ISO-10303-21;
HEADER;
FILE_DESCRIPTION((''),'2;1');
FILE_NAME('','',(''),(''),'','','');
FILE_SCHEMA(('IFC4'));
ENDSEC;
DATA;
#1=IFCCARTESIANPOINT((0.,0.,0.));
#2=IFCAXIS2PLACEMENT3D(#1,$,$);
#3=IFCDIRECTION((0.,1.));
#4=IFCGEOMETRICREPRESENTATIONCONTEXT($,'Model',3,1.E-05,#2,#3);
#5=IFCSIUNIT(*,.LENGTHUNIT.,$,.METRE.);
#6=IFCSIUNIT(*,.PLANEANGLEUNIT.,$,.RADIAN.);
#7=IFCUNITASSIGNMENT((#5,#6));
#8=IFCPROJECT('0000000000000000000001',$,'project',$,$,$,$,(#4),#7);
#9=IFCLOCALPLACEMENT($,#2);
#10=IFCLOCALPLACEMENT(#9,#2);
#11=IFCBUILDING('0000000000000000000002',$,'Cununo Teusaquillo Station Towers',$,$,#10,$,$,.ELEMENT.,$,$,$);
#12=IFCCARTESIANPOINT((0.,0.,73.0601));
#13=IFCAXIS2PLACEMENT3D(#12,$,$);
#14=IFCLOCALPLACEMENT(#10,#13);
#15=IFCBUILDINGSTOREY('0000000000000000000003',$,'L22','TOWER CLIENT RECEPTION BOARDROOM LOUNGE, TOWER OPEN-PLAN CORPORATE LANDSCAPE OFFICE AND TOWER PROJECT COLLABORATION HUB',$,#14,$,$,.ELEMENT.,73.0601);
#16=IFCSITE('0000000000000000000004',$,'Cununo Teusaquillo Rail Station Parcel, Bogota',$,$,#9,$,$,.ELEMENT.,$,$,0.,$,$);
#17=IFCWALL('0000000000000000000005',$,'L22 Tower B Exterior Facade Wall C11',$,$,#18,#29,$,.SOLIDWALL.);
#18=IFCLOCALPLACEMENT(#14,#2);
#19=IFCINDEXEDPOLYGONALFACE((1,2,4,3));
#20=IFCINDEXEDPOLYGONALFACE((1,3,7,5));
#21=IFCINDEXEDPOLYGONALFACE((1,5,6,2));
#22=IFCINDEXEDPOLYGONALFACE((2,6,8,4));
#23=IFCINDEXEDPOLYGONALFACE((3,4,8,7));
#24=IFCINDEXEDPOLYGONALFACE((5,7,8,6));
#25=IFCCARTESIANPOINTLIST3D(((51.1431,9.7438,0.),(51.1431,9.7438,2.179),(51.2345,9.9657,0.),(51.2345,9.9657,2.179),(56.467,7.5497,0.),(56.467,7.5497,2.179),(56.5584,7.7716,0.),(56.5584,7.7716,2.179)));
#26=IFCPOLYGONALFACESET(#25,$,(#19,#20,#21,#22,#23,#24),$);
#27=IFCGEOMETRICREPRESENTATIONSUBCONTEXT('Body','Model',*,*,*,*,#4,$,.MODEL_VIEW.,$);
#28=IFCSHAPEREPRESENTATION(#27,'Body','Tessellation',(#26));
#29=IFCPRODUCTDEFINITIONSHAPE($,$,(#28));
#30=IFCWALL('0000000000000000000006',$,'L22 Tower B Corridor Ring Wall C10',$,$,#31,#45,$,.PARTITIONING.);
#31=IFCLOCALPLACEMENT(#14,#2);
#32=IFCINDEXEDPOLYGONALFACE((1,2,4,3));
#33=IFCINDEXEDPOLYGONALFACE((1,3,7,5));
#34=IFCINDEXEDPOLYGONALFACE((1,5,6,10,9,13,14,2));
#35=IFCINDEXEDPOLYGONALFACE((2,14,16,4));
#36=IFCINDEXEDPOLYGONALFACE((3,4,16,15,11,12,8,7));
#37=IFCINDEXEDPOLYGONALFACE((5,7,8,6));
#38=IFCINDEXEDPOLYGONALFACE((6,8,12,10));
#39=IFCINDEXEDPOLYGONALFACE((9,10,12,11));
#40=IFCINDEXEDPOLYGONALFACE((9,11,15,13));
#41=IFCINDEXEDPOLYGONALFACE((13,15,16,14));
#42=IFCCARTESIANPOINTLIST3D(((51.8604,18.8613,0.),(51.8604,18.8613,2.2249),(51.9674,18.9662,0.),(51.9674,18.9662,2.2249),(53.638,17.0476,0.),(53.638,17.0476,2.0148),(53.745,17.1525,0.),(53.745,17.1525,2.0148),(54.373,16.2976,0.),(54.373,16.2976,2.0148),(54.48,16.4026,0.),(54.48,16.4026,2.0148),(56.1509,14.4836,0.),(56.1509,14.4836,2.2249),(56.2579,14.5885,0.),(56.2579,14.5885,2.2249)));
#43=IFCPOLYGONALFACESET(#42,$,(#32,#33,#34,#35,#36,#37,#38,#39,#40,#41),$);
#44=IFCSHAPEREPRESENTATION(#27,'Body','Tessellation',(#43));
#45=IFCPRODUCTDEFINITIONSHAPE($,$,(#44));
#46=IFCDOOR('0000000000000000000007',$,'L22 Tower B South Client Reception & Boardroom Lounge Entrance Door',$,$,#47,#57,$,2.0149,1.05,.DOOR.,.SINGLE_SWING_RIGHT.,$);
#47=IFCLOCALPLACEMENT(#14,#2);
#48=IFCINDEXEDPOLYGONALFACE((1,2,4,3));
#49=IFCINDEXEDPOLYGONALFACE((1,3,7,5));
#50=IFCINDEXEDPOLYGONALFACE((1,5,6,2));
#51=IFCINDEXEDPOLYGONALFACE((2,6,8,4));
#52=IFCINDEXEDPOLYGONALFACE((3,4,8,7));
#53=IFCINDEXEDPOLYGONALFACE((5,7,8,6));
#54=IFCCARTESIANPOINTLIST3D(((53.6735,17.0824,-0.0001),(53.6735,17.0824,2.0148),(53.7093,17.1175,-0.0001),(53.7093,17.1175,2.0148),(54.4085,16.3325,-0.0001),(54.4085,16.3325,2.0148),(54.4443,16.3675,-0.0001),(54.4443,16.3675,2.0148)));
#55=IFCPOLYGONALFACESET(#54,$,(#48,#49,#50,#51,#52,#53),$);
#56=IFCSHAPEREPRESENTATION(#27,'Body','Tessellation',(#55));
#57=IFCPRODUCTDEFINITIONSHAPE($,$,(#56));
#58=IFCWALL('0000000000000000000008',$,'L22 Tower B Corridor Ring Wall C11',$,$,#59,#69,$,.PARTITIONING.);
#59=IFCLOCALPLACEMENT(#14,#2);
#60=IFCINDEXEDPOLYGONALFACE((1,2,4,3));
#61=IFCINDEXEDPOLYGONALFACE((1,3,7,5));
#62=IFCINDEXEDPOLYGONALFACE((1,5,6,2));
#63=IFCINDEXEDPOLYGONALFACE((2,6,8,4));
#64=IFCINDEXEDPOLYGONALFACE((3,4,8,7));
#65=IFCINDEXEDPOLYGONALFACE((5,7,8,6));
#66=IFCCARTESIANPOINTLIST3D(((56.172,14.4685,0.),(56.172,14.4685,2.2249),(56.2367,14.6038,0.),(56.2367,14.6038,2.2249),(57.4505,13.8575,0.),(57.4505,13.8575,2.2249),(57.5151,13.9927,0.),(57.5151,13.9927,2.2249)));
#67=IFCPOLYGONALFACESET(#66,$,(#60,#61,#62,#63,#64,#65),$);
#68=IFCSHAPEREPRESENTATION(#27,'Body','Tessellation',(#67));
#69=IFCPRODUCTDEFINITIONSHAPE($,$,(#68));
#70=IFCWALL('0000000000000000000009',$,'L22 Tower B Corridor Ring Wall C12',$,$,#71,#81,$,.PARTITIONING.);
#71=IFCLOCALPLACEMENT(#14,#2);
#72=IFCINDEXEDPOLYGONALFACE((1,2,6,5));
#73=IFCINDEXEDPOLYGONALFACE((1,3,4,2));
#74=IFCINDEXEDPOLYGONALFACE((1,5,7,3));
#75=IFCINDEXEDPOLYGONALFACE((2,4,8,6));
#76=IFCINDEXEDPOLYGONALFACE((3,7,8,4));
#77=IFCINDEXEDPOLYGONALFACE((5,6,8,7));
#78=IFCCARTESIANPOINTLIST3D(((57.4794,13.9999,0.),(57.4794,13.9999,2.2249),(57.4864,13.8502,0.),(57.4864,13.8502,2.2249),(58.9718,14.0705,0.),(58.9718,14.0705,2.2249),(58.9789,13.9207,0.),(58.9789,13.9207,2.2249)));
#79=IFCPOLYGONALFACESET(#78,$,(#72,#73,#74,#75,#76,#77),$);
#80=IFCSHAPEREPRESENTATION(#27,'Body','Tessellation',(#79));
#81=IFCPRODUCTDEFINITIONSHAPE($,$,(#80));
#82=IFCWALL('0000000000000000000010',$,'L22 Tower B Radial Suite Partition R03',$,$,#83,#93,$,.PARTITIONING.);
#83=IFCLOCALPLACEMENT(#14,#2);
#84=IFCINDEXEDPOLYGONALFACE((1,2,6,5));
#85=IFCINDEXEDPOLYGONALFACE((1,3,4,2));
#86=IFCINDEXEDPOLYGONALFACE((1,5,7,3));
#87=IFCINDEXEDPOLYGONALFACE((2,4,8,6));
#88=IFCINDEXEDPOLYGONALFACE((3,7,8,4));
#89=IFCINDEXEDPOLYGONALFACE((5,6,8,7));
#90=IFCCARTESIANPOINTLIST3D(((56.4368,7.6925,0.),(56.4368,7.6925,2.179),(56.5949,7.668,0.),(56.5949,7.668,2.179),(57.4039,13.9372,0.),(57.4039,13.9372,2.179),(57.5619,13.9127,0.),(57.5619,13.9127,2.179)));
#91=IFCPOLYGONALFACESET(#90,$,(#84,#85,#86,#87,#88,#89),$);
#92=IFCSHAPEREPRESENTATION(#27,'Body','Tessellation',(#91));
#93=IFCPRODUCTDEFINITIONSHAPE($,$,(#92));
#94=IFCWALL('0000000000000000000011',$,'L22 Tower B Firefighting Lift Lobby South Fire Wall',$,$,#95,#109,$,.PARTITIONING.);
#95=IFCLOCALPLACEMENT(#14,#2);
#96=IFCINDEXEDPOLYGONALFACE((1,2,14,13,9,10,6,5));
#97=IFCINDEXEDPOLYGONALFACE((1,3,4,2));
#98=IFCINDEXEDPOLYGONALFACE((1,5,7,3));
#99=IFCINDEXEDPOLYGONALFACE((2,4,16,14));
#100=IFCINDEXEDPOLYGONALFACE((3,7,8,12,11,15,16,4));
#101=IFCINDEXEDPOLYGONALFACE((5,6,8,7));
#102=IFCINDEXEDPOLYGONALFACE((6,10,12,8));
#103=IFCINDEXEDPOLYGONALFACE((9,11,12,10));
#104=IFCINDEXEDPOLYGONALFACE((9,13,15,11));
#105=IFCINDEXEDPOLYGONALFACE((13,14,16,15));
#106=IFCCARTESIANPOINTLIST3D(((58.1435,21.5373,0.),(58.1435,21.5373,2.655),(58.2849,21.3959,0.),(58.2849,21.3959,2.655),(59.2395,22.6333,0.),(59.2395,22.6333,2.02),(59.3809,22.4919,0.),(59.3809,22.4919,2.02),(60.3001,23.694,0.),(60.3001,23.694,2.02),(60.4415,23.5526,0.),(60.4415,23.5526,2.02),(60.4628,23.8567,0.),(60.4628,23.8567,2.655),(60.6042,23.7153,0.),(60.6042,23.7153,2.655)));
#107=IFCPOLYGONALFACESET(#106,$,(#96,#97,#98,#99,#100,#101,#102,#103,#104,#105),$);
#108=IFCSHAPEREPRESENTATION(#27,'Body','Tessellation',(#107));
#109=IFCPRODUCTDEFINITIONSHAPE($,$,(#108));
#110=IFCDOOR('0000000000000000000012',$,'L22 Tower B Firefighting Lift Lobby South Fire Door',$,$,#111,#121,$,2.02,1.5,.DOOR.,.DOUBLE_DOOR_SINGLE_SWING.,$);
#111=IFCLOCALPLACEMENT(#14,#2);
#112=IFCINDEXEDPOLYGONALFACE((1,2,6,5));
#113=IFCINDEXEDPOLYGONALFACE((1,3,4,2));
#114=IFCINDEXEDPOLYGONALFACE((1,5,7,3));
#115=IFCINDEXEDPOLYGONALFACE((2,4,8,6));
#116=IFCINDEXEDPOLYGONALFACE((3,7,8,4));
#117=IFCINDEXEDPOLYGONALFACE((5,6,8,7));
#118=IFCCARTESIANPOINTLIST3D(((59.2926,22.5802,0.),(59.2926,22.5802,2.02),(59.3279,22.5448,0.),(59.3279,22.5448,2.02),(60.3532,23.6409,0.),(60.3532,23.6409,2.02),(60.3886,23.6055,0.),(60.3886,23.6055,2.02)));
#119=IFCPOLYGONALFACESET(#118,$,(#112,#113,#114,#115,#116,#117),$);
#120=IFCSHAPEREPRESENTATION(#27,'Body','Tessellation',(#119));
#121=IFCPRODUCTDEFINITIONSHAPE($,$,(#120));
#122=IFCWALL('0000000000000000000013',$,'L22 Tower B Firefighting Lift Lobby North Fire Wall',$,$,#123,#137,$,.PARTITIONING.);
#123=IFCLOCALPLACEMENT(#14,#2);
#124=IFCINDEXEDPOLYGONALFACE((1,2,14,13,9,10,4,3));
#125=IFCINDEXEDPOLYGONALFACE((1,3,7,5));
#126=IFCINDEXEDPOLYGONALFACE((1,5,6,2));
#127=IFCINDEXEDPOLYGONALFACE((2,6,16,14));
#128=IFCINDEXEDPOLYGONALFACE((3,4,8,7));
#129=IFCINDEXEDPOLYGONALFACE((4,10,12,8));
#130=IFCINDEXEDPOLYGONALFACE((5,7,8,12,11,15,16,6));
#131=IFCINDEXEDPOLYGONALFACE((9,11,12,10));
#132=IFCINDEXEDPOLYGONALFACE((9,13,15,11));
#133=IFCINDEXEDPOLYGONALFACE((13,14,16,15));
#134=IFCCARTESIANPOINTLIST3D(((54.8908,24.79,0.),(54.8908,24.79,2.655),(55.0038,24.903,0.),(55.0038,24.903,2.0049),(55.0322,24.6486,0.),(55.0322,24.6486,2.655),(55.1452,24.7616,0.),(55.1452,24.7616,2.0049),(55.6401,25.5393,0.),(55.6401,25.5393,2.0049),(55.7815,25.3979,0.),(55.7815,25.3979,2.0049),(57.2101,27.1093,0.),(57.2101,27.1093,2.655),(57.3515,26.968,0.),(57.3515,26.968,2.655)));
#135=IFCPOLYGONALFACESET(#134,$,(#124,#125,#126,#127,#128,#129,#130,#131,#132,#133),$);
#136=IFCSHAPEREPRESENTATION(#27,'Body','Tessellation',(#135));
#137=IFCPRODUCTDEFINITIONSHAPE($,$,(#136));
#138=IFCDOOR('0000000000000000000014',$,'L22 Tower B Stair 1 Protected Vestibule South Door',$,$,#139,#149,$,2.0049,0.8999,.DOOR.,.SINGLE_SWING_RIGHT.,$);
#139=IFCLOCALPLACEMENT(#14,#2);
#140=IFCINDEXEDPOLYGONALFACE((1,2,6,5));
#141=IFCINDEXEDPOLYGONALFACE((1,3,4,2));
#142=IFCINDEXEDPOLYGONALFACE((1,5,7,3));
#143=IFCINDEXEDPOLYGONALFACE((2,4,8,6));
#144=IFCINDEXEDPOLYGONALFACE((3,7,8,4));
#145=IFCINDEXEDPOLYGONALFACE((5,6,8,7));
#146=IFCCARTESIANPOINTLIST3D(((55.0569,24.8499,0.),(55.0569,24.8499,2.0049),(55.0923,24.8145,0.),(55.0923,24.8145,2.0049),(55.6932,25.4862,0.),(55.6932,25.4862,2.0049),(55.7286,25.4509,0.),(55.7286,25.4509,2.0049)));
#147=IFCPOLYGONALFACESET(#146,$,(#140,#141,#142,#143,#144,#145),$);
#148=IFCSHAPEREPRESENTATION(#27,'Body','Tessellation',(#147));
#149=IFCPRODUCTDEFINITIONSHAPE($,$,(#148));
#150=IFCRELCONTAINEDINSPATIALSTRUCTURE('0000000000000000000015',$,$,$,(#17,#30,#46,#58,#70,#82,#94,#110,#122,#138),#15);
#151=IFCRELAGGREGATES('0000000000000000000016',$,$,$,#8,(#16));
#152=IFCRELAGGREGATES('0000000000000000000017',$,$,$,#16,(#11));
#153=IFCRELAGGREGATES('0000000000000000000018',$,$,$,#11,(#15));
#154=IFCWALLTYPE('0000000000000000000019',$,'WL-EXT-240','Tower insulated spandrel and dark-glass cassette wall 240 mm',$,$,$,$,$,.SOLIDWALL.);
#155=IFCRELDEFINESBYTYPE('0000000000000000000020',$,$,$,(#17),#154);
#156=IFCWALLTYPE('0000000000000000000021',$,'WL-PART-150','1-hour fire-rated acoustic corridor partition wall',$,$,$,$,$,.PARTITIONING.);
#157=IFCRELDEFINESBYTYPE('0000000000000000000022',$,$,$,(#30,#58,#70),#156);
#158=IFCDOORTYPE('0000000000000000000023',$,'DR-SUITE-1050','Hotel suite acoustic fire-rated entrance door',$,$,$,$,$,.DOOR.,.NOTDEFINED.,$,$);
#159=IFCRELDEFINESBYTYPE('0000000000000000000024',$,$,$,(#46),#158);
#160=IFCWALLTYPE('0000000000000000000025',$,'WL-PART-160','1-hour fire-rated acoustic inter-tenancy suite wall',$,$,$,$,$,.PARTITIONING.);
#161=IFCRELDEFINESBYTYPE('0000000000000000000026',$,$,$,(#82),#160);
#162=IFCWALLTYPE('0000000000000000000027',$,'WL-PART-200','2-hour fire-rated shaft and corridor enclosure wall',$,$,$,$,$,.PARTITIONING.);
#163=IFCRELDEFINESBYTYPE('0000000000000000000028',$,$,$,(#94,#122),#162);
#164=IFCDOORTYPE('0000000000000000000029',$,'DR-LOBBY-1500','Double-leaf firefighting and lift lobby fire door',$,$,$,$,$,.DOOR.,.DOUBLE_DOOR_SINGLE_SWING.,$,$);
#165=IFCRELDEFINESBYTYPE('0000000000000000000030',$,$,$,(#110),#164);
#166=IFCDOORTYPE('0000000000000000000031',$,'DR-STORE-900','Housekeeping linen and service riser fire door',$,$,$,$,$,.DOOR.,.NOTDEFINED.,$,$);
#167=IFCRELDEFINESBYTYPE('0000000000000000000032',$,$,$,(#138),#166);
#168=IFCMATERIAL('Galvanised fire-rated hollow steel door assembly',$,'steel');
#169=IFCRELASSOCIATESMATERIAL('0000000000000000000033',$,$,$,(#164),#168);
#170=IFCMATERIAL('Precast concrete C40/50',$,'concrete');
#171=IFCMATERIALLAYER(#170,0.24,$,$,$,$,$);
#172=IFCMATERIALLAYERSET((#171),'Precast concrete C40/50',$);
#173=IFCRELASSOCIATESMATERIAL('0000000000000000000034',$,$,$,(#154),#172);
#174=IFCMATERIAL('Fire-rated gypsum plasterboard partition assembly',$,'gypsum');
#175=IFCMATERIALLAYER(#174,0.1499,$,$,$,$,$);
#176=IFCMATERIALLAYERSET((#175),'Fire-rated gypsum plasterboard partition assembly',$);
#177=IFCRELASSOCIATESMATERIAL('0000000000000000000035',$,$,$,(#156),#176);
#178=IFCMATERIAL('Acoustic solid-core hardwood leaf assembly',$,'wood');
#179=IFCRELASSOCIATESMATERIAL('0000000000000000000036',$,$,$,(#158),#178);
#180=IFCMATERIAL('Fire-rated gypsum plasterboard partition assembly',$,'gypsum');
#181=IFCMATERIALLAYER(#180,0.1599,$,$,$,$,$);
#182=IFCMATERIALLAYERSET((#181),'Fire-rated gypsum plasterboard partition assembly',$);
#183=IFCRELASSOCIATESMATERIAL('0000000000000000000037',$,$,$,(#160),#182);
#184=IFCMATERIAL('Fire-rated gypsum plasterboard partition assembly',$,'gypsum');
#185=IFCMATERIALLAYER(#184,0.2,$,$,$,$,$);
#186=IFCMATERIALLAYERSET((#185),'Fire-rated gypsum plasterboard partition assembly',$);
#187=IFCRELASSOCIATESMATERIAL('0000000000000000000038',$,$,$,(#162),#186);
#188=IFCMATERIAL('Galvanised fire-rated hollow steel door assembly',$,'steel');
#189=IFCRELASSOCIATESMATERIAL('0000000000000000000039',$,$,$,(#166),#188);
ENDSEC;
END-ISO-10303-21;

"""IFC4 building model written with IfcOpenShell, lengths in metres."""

from ifc_helpers import new_model, si_unit, direction, frame, frame_2d, origin, place, context, subcontext, project, spatial, rectangle, extrude, source, transform, mapped, material, layer, layer_set, type_object, element, fill, save


model = new_model("IFC4")

# Units and contexts
model_context = context("Model", 3, precision=1e-05, world=origin(), true_north=direction((0.0, 1.0)))
body_context = subcontext(model_context, "Body", "Model", "MODEL_VIEW")
ifc_project = project(units=[si_unit("LENGTHUNIT", "METRE"), si_unit("PLANEANGLEUNIT", "RADIAN")], contexts=[model_context])

# Site, building, storey
site_placement = place(None, origin())
site = spatial("IfcSite", under=ifc_project, at=site_placement, Name="Cununo Teusaquillo Rail Station Parcel, Bogota", CompositionType="ELEMENT", RefElevation=0.0)
building_placement = place(site_placement, origin())
building = spatial("IfcBuilding", under=site, at=building_placement, Name="Cununo Teusaquillo Station Towers", CompositionType="ELEMENT")
storey_placement = place(building_placement, frame((0.0, 0.0, 73.0601)))
storey = spatial("IfcBuildingStorey", under=building, at=storey_placement, Name="L22", Description="TOWER CLIENT RECEPTION BOARDROOM LOUNGE, TOWER OPEN-PLAN CORPORATE LANDSCAPE OFFICE AND TOWER PROJECT COLLABORATION HUB", CompositionType="ELEMENT", Elevation=73.0601)

# Shared definitions
ifc_material_1 = material(Name="Galvanised fire-rated hollow steel door assembly", Category="steel")
door_type_1 = type_object("IfcDoorType", Name="DR-LOBBY-1500", Description="Double-leaf firefighting and lift lobby fire door", OperationType="DOUBLE_DOOR_SINGLE_SWING", PredefinedType="DOOR", material=ifc_material_1)
shared_shape_1 = source(origin(), body_context, "Body", "SweptSolid", [
    extrude(rectangle(XDim=1.5, YDim=2.02, at=frame_2d((0.75, 1.01))), frame((0.0, 0.0249, 0.0), z_axis=(0.0, -1.0, 0.0), x_axis=(1.0, 0.0, 0.0)), (0.0, 0.0, 1.0), 0.05),
])

# Wall
ifc_material_2 = material(Name="Precast concrete C40/50", Category="concrete")
ifc_layer_1 = layer(ifc_material_2, 0.24)
ifc_layer_set_1 = layer_set([ifc_layer_1], Name="Precast concrete C40/50")
wall_type_1 = type_object("IfcWallType", Name="WL-EXT-240", Description="Tower insulated spandrel and dark-glass cassette wall 240 mm", PredefinedType="SOLIDWALL", material=ifc_layer_set_1)
wall_1_placement = place(storey_placement, frame((56.5127, 7.6606, 0.0), z_axis=(0.0, 0.0, 1.0), x_axis=(-0.924564, 0.381027, 0.0)))
element("IfcWall", 1, at=wall_1_placement, inside=storey, type_object=wall_type_1, Name="L22 Tower B Exterior Facade Wall C11", PredefinedType="SOLIDWALL", context=body_context, shape_type="SweptSolid", body=[
    extrude(rectangle(XDim=5.7583, YDim=0.24, at=frame_2d((2.8792, 0.0))), origin(), (0.0, 0.0, 1.0), 2.179),
])

# Wall, opening, door
ifc_material_3 = material(Name="Fire-rated gypsum plasterboard partition assembly", Category="gypsum")
ifc_layer_2 = layer(ifc_material_3, 0.1499)
ifc_layer_set_2 = layer_set([ifc_layer_2], Name="Fire-rated gypsum plasterboard partition assembly")
wall_type_2 = type_object("IfcWallType", Name="WL-PART-150", Description="1-hour fire-rated acoustic corridor partition wall", PredefinedType="PARTITIONING", material=ifc_layer_set_2)
wall_2_placement = place(storey_placement, frame((51.9138, 18.9138, 0.0), z_axis=(0.0, 0.0, 1.0), x_axis=(0.699961, -0.714181, 0.0)))
wall_2 = element("IfcWall", 2, at=wall_2_placement, inside=storey, type_object=wall_type_2, Name="L22 Tower B Corridor Ring Wall C10", PredefinedType="PARTITIONING", context=body_context, shape_type="SweptSolid", body=[
    extrude(rectangle(XDim=6.1296, YDim=0.1499, at=frame_2d((3.0649, 0.0))), origin(), (0.0, 0.0, 1.0), 2.2249),
])
shared_shape_2 = source(origin(), body_context, "Body", "SweptSolid", [
    extrude(rectangle(XDim=1.05, YDim=2.0149, at=frame_2d((0.5249, 1.0073))), frame((0.0, 0.085, 0.0), z_axis=(0.0, -1.0, 0.0), x_axis=(1.0, 0.0, 0.0)), (0.0, 0.0, 1.0), 0.1699),
])
opening_1_placement = place(wall_2_placement, frame((2.5398, 0.0, 0.0)))
opening_1 = element("IfcOpeningElement", 3, at=opening_1_placement, cuts=wall_2, PredefinedType="OPENING", context=body_context, shape_type="MappedRepresentation", body=[
    mapped(shared_shape_2, transform((0.0, 0.0, 0.0), x_axis=(1.0, 0.0, 0.0), y_axis=(0.0, 1.0, 0.0), z_axis=(0.0, 0.0, 1.0), scale=1.0)),
])
ifc_material_4 = material(Name="Acoustic solid-core hardwood leaf assembly", Category="wood")
door_type_2 = type_object("IfcDoorType", Name="DR-SUITE-1050", Description="Hotel suite acoustic fire-rated entrance door", OperationType="NOTDEFINED", PredefinedType="DOOR", material=ifc_material_4)
shared_shape_3 = source(origin(), body_context, "Body", "SweptSolid", [
    extrude(rectangle(XDim=1.05, YDim=2.0149, at=frame_2d((0.5249, 1.0073))), frame((0.0, 0.0249, 0.0), z_axis=(0.0, -1.0, 0.0), x_axis=(1.0, 0.0, 0.0)), (0.0, 0.0, 1.0), 0.05),
])
door_1_placement = place(opening_1_placement, origin())
door_1 = element("IfcDoor", 4, at=door_1_placement, inside=storey, type_object=door_type_2, Name="L22 Tower B South Client Reception & Boardroom Lounge Entrance Door", OperationType="SINGLE_SWING_RIGHT", OverallHeight=2.0149, OverallWidth=1.05, PredefinedType="DOOR", context=body_context, shape_type="MappedRepresentation", body=[
    mapped(shared_shape_3, transform((0.0, 0.0, 0.0), x_axis=(1.0, 0.0, 0.0), y_axis=(0.0, 1.0, 0.0), z_axis=(0.0, 0.0, 1.0), scale=1.0)),
])
fill(opening_1, door_1)

# Walls
wall_3_placement = place(storey_placement, frame((56.2043, 14.5361, 0.0), z_axis=(0.0, 0.0, 1.0), x_axis=(0.902245, -0.431224, 0.0)))
element("IfcWall", 5, at=wall_3_placement, inside=storey, type_object=wall_type_2, Name="L22 Tower B Corridor Ring Wall C11", PredefinedType="PARTITIONING", context=body_context, shape_type="SweptSolid", body=[
    extrude(rectangle(XDim=1.417, YDim=0.1499, at=frame_2d((0.7085, 0.0))), origin(), (0.0, 0.0, 1.0), 2.2249),
])
wall_4_placement = place(storey_placement, frame((57.4829, 13.925, 0.0), z_axis=(0.0, 0.0, 1.0), x_axis=(0.998884, 0.047224, 0.0)))
element("IfcWall", 6, at=wall_4_placement, inside=storey, type_object=wall_type_2, Name="L22 Tower B Corridor Ring Wall C12", PredefinedType="PARTITIONING", context=body_context, shape_type="SweptSolid", body=[
    extrude(rectangle(XDim=1.4941, YDim=0.1499, at=frame_2d((0.7471, 0.0))), origin(), (0.0, 0.0, 1.0), 2.2249),
])
ifc_material_5 = material(Name="Fire-rated gypsum plasterboard partition assembly", Category="gypsum")
ifc_layer_3 = layer(ifc_material_5, 0.1599)
ifc_layer_set_3 = layer_set([ifc_layer_3], Name="Fire-rated gypsum plasterboard partition assembly")
wall_type_3 = type_object("IfcWallType", Name="WL-PART-160", Description="1-hour fire-rated acoustic inter-tenancy suite wall", PredefinedType="PARTITIONING", material=ifc_layer_set_3)
wall_5_placement = place(storey_placement, frame((57.4829, 13.925, 0.0), z_axis=(0.0, 0.0, 1.0), x_axis=(-0.153036, -0.988221, 0.0)))
element("IfcWall", 7, at=wall_5_placement, inside=storey, type_object=wall_type_3, Name="L22 Tower B Radial Suite Partition R03", PredefinedType="PARTITIONING", context=body_context, shape_type="SweptSolid", body=[
    extrude(rectangle(XDim=6.3191, YDim=0.1599, at=frame_2d((3.1597, 0.0))), origin(), (0.0, 0.0, 1.0), 2.179),
])

# Walls, openings, doors
ifc_material_6 = material(Name="Fire-rated gypsum plasterboard partition assembly", Category="gypsum")
ifc_layer_4 = layer(ifc_material_6, 0.2)
ifc_layer_set_4 = layer_set([ifc_layer_4], Name="Fire-rated gypsum plasterboard partition assembly")
wall_type_4 = type_object("IfcWallType", Name="WL-PART-200", Description="2-hour fire-rated shaft and corridor enclosure wall", PredefinedType="PARTITIONING", material=ifc_layer_set_4)
wall_6_placement = place(storey_placement, frame((58.2141, 21.4666, 0.0), z_axis=(0.0, 0.0, 1.0), x_axis=(0.707107, 0.707107, 0.0)))
wall_6 = element("IfcWall", 8, at=wall_6_placement, inside=storey, type_object=wall_type_4, Name="L22 Tower B Firefighting Lift Lobby South Fire Wall", PredefinedType="PARTITIONING", context=body_context, shape_type="SweptSolid", body=[
    extrude(rectangle(XDim=3.28, YDim=0.2, at=frame_2d((1.6401, 0.0))), origin(), (0.0, 0.0, 1.0), 2.655),
])
shared_shape_4 = source(origin(), body_context, "Body", "SweptSolid", [
    extrude(rectangle(XDim=1.5, YDim=2.02, at=frame_2d((0.75, 1.01))), frame((0.0, 0.1099, 0.0), z_axis=(0.0, -1.0, 0.0), x_axis=(1.0, 0.0, 0.0)), (0.0, 0.0, 1.0), 0.22),
])
opening_2_placement = place(wall_6_placement, frame((1.55, 0.0, 0.0)))
opening_2 = element("IfcOpeningElement", 9, at=opening_2_placement, cuts=wall_6, PredefinedType="OPENING", context=body_context, shape_type="MappedRepresentation", body=[
    mapped(shared_shape_4, transform((0.0, 0.0, 0.0), x_axis=(1.0, 0.0, 0.0), y_axis=(0.0, 1.0, 0.0), z_axis=(0.0, 0.0, 1.0), scale=1.0)),
])
door_2_placement = place(opening_2_placement, origin())
door_2 = element("IfcDoor", 10, at=door_2_placement, inside=storey, type_object=door_type_1, Name="L22 Tower B Firefighting Lift Lobby South Fire Door", OperationType="DOUBLE_DOOR_SINGLE_SWING", OverallHeight=2.02, OverallWidth=1.5, PredefinedType="DOOR", context=body_context, shape_type="MappedRepresentation", body=[
    mapped(shared_shape_1, transform((0.0, 0.0, 0.0), x_axis=(1.0, 0.0, 0.0), y_axis=(0.0, 1.0, 0.0), z_axis=(0.0, 0.0, 1.0), scale=1.0)),
])
fill(opening_2, door_2)
wall_7_placement = place(storey_placement, frame((54.9614, 24.7192, 0.0), z_axis=(0.0, 0.0, 1.0), x_axis=(0.707107, 0.707107, 0.0)))
wall_7 = element("IfcWall", 11, at=wall_7_placement, inside=storey, type_object=wall_type_4, Name="L22 Tower B Firefighting Lift Lobby North Fire Wall", PredefinedType="PARTITIONING", context=body_context, shape_type="SweptSolid", body=[
    extrude(rectangle(XDim=3.28, YDim=0.2, at=frame_2d((1.6401, 0.0))), origin(), (0.0, 0.0, 1.0), 2.655),
])
shared_shape_5 = source(origin(), body_context, "Body", "SweptSolid", [
    extrude(rectangle(XDim=0.8999, YDim=2.0049, at=frame_2d((0.45, 1.0024))), frame((0.0, 0.1099, 0.0), z_axis=(0.0, -1.0, 0.0), x_axis=(1.0, 0.0, 0.0)), (0.0, 0.0, 1.0), 0.22),
])
opening_3_placement = place(wall_7_placement, frame((0.1599, 0.0, 0.0)))
opening_3 = element("IfcOpeningElement", 12, at=opening_3_placement, cuts=wall_7, PredefinedType="OPENING", context=body_context, shape_type="MappedRepresentation", body=[
    mapped(shared_shape_5, transform((0.0, 0.0, 0.0), x_axis=(1.0, 0.0, 0.0), y_axis=(0.0, 1.0, 0.0), z_axis=(0.0, 0.0, 1.0), scale=1.0)),
])
ifc_material_7 = material(Name="Galvanised fire-rated hollow steel door assembly", Category="steel")
door_type_3 = type_object("IfcDoorType", Name="DR-STORE-900", Description="Housekeeping linen and service riser fire door", OperationType="NOTDEFINED", PredefinedType="DOOR", material=ifc_material_7)
shared_shape_6 = source(origin(), body_context, "Body", "SweptSolid", [
    extrude(rectangle(XDim=0.8999, YDim=2.0049, at=frame_2d((0.45, 1.0024))), frame((0.0, 0.0249, 0.0), z_axis=(0.0, -1.0, 0.0), x_axis=(1.0, 0.0, 0.0)), (0.0, 0.0, 1.0), 0.05),
])
door_3_placement = place(opening_3_placement, origin())
door_3 = element("IfcDoor", 13, at=door_3_placement, inside=storey, type_object=door_type_3, Name="L22 Tower B Stair 1 Protected Vestibule South Door", OperationType="SINGLE_SWING_RIGHT", OverallHeight=2.0049, OverallWidth=0.8999, PredefinedType="DOOR", context=body_context, shape_type="MappedRepresentation", body=[
    mapped(shared_shape_6, transform((0.0, 0.0, 0.0), x_axis=(1.0, 0.0, 0.0), y_axis=(0.0, 1.0, 0.0), z_axis=(0.0, 0.0, 1.0), scale=1.0)),
])
fill(opening_3, door_3)

save(model, "model.ifc")
